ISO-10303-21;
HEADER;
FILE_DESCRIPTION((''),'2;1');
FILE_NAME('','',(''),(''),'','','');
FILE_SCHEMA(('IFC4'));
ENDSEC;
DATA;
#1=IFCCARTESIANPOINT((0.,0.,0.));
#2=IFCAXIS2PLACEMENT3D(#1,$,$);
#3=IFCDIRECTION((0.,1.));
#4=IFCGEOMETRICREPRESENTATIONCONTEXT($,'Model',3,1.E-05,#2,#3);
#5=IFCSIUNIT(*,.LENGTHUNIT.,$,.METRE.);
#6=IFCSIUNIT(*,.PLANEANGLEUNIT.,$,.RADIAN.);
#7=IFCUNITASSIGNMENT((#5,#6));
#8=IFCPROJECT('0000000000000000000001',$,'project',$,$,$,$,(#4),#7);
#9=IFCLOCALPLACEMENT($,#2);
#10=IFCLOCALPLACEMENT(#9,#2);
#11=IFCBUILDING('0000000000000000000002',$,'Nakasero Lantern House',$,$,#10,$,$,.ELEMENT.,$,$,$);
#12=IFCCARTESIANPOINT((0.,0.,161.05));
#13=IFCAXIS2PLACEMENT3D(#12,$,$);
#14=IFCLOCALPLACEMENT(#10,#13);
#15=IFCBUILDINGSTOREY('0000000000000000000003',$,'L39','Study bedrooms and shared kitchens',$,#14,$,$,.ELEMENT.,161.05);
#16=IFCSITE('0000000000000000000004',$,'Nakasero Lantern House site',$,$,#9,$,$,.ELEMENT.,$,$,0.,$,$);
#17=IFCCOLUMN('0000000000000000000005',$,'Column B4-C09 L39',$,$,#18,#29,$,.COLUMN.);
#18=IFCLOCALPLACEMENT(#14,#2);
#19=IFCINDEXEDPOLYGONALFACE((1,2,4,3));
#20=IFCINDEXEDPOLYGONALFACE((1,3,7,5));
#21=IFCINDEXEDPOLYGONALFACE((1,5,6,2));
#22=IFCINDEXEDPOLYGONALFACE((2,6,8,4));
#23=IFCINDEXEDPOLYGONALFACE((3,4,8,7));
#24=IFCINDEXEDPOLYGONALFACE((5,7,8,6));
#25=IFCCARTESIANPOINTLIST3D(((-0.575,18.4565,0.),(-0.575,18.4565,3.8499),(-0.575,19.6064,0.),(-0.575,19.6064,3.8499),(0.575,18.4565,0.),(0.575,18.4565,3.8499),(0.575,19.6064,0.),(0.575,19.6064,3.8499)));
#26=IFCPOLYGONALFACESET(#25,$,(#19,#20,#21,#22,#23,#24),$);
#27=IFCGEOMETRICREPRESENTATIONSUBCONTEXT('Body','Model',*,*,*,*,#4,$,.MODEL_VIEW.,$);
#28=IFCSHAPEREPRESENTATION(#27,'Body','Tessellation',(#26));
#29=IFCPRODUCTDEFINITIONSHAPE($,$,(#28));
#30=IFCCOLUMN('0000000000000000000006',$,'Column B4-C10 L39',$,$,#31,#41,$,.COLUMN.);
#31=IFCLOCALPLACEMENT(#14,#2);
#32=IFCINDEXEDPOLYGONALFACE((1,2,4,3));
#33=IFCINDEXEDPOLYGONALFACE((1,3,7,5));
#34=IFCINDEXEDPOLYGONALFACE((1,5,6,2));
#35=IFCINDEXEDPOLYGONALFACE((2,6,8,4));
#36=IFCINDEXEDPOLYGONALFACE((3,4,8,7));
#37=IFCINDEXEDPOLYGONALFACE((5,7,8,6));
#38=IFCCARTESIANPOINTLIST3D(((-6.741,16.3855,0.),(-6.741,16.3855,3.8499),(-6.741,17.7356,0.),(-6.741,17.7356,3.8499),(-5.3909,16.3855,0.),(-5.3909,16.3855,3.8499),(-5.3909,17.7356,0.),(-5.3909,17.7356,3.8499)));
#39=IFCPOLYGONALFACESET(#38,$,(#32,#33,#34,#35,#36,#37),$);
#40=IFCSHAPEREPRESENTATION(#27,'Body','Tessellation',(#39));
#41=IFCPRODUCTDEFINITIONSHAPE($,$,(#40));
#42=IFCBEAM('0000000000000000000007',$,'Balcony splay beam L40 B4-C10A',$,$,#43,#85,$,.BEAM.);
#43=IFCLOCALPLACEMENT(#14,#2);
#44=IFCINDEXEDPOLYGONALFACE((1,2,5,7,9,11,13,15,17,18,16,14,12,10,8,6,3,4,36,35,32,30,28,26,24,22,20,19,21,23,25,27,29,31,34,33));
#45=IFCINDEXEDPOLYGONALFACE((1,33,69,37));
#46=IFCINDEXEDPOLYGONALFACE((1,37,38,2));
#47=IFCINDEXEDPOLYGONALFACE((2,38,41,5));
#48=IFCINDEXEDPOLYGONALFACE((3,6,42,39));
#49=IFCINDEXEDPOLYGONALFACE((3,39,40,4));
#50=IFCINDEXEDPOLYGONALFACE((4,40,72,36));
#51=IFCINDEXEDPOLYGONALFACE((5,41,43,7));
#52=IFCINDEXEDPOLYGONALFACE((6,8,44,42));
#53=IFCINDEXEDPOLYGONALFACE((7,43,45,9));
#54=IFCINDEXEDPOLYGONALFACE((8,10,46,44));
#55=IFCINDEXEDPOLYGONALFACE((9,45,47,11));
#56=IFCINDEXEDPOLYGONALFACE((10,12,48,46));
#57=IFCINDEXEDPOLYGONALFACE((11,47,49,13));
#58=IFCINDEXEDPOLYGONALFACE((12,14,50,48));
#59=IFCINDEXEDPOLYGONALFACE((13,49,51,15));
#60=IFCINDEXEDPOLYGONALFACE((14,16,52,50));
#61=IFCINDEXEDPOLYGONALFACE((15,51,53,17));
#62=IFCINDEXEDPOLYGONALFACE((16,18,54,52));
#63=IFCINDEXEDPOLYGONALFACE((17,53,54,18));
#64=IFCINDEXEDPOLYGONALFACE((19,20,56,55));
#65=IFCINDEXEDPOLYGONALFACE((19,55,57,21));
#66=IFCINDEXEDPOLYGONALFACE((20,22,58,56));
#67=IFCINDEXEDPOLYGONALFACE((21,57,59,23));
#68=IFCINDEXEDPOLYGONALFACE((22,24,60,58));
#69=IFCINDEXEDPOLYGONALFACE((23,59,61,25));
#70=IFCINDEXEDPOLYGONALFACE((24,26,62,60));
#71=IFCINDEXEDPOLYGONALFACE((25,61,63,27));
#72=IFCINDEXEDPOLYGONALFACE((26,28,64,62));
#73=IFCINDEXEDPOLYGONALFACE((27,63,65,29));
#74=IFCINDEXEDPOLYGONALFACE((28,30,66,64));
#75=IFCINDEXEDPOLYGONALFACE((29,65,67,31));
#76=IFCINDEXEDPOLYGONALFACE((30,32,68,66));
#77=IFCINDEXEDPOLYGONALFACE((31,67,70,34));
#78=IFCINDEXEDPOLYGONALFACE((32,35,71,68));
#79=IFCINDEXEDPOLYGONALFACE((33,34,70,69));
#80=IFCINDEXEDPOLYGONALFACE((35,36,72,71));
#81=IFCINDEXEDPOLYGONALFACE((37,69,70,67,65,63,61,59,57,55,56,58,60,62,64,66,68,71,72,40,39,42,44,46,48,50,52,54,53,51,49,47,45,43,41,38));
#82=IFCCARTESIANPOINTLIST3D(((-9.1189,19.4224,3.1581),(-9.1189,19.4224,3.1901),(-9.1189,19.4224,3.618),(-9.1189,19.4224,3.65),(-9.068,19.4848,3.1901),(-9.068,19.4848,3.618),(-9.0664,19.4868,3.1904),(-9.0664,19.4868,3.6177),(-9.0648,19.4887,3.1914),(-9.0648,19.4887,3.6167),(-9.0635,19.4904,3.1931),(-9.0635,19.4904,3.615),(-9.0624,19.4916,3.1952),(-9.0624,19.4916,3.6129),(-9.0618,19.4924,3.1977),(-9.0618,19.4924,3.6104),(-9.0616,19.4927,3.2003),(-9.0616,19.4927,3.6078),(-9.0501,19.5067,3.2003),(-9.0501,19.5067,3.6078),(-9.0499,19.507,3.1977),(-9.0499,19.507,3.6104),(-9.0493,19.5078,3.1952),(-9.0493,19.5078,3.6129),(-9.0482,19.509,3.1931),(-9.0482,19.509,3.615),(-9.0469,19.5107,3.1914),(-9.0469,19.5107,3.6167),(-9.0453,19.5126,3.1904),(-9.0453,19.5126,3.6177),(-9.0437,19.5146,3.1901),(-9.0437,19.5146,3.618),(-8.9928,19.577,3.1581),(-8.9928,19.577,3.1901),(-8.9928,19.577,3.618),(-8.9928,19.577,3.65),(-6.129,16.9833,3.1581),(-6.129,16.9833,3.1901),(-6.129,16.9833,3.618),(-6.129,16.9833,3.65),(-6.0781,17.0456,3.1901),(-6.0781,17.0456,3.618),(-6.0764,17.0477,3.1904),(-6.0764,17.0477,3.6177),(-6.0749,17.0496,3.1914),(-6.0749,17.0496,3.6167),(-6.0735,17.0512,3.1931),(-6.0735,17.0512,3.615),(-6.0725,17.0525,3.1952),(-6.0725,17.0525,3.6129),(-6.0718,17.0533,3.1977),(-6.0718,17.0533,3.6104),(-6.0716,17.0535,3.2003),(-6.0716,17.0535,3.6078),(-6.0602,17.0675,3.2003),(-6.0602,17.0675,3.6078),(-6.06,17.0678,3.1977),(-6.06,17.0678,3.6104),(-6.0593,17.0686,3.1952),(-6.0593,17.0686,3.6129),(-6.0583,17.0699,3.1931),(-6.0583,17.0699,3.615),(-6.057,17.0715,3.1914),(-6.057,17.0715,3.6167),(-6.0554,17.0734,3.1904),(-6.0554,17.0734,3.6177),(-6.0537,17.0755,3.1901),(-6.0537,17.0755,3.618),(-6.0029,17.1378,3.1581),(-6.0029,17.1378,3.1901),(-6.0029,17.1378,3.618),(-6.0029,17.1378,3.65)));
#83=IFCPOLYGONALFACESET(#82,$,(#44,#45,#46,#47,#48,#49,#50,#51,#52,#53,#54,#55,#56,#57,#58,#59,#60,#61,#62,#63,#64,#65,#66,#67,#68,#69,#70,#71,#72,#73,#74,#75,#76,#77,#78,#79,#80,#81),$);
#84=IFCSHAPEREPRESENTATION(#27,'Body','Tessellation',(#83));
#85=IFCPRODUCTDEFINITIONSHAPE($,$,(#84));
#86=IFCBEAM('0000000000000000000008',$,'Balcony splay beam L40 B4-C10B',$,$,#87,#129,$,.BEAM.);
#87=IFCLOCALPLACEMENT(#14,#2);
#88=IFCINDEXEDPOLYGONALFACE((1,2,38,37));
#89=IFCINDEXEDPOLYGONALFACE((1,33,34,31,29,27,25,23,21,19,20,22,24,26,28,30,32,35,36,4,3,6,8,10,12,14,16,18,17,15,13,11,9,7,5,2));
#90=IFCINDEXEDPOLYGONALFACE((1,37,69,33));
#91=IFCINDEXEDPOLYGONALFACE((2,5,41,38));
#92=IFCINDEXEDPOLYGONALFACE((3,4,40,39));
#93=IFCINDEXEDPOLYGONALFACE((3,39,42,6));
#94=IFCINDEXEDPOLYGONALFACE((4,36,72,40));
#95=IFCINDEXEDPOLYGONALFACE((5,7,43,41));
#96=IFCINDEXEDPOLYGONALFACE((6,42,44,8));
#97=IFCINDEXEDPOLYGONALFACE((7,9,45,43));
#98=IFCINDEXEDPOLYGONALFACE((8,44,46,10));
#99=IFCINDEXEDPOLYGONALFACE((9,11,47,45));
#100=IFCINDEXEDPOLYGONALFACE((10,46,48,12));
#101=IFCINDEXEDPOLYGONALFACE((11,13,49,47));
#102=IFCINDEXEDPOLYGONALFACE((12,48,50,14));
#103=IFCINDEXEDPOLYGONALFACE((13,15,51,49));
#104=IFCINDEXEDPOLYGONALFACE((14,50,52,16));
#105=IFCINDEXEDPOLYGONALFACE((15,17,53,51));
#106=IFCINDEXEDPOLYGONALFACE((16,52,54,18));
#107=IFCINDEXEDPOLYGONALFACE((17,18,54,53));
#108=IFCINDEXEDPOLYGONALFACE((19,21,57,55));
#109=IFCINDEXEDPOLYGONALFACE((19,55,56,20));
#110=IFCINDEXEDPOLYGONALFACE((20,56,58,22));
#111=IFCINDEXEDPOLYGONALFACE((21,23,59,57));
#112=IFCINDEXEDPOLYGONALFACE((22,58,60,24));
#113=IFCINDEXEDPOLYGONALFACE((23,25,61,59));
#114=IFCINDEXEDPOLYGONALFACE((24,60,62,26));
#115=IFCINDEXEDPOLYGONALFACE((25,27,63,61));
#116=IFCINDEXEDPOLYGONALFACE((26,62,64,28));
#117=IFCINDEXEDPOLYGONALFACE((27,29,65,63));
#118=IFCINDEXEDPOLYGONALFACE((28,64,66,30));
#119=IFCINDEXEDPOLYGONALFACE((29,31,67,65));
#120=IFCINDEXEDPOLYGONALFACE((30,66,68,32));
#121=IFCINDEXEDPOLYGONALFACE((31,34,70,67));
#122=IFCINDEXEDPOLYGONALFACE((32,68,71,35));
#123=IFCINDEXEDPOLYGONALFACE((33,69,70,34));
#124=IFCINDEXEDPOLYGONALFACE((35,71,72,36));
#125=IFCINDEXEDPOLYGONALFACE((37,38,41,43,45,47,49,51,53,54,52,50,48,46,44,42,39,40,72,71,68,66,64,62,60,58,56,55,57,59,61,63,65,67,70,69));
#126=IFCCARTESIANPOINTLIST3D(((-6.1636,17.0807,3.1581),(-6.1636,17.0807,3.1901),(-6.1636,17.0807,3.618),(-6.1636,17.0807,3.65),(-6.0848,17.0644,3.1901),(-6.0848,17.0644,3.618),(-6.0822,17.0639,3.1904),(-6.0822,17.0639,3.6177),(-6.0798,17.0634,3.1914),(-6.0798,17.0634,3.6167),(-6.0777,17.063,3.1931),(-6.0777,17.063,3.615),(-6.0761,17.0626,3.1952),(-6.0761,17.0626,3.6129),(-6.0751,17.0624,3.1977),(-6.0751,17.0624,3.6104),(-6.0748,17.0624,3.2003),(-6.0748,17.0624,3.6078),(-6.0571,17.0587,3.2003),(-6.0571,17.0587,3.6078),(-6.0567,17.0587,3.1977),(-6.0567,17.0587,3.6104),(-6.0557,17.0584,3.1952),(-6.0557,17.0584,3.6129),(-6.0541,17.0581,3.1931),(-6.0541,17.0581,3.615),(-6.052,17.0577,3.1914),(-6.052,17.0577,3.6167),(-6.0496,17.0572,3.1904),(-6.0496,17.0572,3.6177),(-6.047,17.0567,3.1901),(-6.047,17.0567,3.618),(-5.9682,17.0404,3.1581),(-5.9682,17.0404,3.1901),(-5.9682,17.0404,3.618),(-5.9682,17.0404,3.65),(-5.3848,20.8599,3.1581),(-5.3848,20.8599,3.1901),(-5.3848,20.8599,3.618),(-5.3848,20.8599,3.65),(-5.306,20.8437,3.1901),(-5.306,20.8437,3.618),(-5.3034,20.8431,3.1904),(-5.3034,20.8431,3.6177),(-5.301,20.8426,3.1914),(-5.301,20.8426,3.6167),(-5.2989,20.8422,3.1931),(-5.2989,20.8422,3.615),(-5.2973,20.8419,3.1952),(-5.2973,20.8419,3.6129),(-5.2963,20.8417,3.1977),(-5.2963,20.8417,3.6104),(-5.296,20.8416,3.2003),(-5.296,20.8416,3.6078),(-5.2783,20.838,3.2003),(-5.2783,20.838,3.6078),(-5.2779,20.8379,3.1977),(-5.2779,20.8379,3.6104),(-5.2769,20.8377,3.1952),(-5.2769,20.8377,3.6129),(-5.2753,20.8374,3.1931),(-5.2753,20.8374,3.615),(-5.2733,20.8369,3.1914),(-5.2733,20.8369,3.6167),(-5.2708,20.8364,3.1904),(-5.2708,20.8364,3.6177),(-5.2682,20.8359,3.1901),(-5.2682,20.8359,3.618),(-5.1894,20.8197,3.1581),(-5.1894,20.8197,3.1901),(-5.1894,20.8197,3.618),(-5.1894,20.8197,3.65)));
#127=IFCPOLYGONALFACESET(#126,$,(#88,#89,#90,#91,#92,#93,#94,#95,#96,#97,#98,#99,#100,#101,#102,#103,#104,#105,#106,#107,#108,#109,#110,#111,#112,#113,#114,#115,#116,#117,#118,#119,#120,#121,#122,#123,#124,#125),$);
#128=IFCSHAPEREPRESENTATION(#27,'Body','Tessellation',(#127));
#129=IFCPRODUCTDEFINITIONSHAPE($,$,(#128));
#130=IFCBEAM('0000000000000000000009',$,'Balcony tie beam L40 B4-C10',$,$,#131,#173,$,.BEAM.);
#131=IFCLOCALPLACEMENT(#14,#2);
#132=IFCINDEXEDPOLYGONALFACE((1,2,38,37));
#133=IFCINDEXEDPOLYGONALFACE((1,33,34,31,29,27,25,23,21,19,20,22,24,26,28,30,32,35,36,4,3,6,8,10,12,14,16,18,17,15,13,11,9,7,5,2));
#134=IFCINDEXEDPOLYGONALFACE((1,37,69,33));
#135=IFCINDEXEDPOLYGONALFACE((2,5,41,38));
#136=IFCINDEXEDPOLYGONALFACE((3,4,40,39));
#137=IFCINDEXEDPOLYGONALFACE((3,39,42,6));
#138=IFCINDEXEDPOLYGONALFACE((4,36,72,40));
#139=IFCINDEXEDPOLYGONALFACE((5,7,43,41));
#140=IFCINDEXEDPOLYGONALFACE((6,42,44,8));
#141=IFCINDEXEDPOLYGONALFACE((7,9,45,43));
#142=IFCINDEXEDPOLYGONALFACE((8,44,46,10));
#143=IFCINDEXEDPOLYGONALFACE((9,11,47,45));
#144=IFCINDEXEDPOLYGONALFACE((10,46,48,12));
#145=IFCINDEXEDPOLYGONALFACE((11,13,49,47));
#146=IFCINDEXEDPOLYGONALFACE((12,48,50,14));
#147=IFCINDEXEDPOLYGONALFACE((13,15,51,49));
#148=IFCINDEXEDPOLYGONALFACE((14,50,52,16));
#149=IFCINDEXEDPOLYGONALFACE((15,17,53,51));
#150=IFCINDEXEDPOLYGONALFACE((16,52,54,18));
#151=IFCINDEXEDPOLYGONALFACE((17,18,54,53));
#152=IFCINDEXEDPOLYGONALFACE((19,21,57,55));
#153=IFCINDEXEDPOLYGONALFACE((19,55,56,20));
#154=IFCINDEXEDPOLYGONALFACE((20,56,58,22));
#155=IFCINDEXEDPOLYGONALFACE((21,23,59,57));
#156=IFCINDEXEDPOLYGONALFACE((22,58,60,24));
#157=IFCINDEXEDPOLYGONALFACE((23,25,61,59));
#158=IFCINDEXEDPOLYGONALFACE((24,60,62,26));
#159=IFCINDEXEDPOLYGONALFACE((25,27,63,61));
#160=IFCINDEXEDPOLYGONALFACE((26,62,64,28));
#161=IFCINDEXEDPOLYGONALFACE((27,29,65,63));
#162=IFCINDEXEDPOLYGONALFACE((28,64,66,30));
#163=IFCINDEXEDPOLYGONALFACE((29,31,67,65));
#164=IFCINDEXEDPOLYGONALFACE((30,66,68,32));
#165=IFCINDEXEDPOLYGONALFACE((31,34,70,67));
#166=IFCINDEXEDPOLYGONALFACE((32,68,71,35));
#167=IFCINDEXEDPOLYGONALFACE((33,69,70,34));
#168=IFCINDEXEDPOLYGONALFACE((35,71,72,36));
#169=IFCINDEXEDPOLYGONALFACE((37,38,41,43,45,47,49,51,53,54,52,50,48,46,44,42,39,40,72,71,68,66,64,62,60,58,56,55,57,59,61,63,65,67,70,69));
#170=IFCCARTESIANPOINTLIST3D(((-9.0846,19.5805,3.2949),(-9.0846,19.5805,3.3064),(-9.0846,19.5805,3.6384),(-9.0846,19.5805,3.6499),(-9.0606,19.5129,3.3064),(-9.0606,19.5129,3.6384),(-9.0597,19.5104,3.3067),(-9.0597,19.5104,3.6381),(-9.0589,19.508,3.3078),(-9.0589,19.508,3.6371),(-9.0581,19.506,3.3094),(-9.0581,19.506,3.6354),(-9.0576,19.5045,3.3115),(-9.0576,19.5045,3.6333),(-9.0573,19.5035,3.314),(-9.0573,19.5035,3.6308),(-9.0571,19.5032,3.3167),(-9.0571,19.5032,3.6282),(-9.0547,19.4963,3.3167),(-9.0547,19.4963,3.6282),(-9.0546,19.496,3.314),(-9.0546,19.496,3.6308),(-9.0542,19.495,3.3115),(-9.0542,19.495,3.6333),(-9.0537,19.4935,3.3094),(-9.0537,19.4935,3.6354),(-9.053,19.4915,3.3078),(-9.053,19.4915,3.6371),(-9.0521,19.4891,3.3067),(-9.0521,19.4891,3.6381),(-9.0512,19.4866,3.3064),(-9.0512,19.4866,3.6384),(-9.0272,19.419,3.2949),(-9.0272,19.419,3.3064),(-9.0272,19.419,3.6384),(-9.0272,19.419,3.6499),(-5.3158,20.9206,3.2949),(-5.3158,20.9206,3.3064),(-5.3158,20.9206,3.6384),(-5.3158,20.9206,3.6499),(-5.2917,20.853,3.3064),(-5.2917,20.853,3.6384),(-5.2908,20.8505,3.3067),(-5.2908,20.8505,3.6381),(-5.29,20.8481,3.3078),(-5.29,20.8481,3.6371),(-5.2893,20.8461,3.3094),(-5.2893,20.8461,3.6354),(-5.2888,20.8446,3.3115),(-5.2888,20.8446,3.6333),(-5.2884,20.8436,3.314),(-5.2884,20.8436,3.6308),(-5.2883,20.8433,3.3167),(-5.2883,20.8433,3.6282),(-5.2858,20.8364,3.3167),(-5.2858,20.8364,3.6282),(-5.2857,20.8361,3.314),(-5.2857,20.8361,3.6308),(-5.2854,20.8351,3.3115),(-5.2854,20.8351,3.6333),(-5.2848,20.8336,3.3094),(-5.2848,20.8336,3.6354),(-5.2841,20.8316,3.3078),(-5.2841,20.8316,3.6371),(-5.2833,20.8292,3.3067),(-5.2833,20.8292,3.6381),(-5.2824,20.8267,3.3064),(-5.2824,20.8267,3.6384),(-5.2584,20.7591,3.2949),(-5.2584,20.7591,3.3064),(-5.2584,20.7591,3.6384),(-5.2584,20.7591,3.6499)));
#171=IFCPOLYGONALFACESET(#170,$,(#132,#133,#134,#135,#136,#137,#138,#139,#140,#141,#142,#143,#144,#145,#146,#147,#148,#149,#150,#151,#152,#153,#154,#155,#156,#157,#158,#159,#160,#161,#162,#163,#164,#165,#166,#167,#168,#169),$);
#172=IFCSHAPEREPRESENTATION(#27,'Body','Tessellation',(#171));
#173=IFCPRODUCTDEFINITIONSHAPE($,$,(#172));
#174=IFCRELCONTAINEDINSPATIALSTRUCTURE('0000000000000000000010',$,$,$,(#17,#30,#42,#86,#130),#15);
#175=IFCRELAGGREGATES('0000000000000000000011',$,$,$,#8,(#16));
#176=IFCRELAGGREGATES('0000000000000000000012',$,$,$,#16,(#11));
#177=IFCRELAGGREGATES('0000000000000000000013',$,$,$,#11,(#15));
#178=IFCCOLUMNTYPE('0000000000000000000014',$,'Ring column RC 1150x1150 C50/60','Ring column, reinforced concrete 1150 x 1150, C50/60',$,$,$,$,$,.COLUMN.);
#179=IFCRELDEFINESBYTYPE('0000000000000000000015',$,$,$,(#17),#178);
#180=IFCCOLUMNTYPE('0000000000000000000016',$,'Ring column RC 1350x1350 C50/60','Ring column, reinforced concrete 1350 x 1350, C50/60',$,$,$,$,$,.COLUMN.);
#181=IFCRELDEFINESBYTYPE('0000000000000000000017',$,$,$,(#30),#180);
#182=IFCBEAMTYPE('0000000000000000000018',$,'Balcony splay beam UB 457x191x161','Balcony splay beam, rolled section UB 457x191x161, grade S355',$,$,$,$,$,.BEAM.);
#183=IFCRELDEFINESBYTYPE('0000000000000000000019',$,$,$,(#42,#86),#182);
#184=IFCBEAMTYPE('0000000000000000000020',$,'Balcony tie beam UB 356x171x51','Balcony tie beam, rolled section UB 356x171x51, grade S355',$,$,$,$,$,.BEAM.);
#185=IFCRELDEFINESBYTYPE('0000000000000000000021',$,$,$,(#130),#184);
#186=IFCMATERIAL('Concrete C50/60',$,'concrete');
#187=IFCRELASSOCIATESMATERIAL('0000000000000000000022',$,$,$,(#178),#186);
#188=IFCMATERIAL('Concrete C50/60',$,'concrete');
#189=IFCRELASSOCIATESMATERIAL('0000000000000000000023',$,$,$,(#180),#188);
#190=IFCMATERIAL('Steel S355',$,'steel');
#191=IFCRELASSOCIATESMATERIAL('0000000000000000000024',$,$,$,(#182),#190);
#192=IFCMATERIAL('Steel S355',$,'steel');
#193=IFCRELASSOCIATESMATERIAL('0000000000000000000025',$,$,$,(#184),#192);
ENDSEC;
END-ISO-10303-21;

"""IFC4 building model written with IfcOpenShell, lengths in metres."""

from ifc_helpers import new_model, si_unit, direction, frame, origin, origin_2d, place, context, subcontext, project, spatial, rectangle, i_section, extrude, material, material_profile, profile_set, type_object, element, save


model = new_model("IFC4")

# Units and contexts
model_context = context("Model", 3, precision=1e-05, world=origin(), true_north=direction((0.0, 1.0)))
body_context = subcontext(model_context, "Body", "Model", "MODEL_VIEW")
ifc_project = project(units=[si_unit("LENGTHUNIT", "METRE"), si_unit("PLANEANGLEUNIT", "RADIAN")], contexts=[model_context])

# Site, building, storey
site_placement = place(None, origin())
site = spatial("IfcSite", under=ifc_project, at=site_placement, Name="Nakasero Lantern House site", CompositionType="ELEMENT", RefElevation=0.0)
building_placement = place(site_placement, origin())
building = spatial("IfcBuilding", under=site, at=building_placement, Name="Nakasero Lantern House", CompositionType="ELEMENT")
storey_placement = place(building_placement, frame((0.0, 0.0, 161.05)))
storey = spatial("IfcBuildingStorey", under=building, at=storey_placement, Name="L39", Description="Study bedrooms and shared kitchens", CompositionType="ELEMENT", Elevation=161.05)

# Columns
ifc_material_1 = material(Name="Concrete C50/60", Category="concrete")
ifc_material_profile_1 = material_profile(ifc_material_1, rectangle(XDim=1.1499, YDim=1.1499, at=origin_2d()), Name="RC 1150x1150")
ifc_profile_set_1 = profile_set([ifc_material_profile_1], Name="Concrete C50/60")
column_type_1 = type_object("IfcColumnType", Name="Ring column RC 1150x1150 C50/60", Description="Ring column, reinforced concrete 1150 x 1150, C50/60", PredefinedType="COLUMN", material=ifc_profile_set_1)
column_1_placement = place(storey_placement, frame((0.0, 19.0315, 0.0), z_axis=(0.0, 0.0, 1.0), x_axis=(1.0, 0.0, 0.0)))
element("IfcColumn", 1, at=column_1_placement, inside=storey, type_object=column_type_1, Name="Column B4-C09 L39", PredefinedType="COLUMN", context=body_context, shape_type="SweptSolid", body=[
    extrude(rectangle(XDim=1.1499, YDim=1.1499, at=origin_2d()), origin(), (0.0, 0.0, 1.0), 3.8499),
])
ifc_material_2 = material(Name="Concrete C50/60", Category="concrete")
ifc_material_profile_2 = material_profile(ifc_material_2, rectangle(XDim=1.3501, YDim=1.3501, at=origin_2d()), Name="RC 1350x1350")
ifc_profile_set_2 = profile_set([ifc_material_profile_2], Name="Concrete C50/60")
column_type_2 = type_object("IfcColumnType", Name="Ring column RC 1350x1350 C50/60", Description="Ring column, reinforced concrete 1350 x 1350, C50/60", PredefinedType="COLUMN", material=ifc_profile_set_2)
column_2_placement = place(storey_placement, frame((-6.0659, 17.0605, 0.0), z_axis=(0.0, 0.0, 1.0), x_axis=(1.0, 0.0, 0.0)))
element("IfcColumn", 2, at=column_2_placement, inside=storey, type_object=column_type_2, Name="Column B4-C10 L39", PredefinedType="COLUMN", context=body_context, shape_type="SweptSolid", body=[
    extrude(rectangle(XDim=1.3501, YDim=1.3501, at=origin_2d()), origin(), (0.0, 0.0, 1.0), 3.8499),
])

# Beams
ifc_material_3 = material(Name="Steel S355", Category="steel")
ifc_material_profile_3 = material_profile(ifc_material_3, i_section(OverallWidth=0.1995, OverallDepth=0.4919, WebThickness=0.0181, FlangeThickness=0.032, FilletRadius=0.0103, at=origin_2d()), Name="UB 457x191x161")
ifc_profile_set_3 = profile_set([ifc_material_profile_3], Name="Steel S355")
beam_type_1 = type_object("IfcBeamType", Name="Balcony splay beam UB 457x191x161", Description="Balcony splay beam, rolled section UB 457x191x161, grade S355", PredefinedType="BEAM", material=ifc_profile_set_3)
for number, where, z_axis, x_axis, name in (
    (3, (-6.0659, 17.0605, 3.4041), (-0.774864, 0.632128, 0.0), (-0.632128, -0.774864, 0.0), "Balcony splay beam L40 B4-C10A"),
    (4, (-6.0659, 17.0605, 3.4041), (0.201831, 0.97942, 0.0), (-0.97942, 0.201831, 0.0), "Balcony splay beam L40 B4-C10B"),
):
    element("IfcBeam", number, at=place(storey_placement, frame(where, z_axis=z_axis, x_axis=x_axis)), inside=storey, type_object=beam_type_1, Name=name, PredefinedType="BEAM", context=body_context, shape_type="SweptSolid", body=[
        extrude(i_section(OverallWidth=0.1995, OverallDepth=0.4919, WebThickness=0.0181, FlangeThickness=0.032, FilletRadius=0.0103, at=origin_2d()), origin(), (0.0, 0.0, 1.0), 3.8586),
    ])
ifc_material_4 = material(Name="Steel S355", Category="steel")
ifc_material_profile_4 = material_profile(ifc_material_4, i_section(OverallWidth=0.1714, OverallDepth=0.355, WebThickness=0.0073, FlangeThickness=0.0115, FilletRadius=0.0103, at=origin_2d()), Name="UB 356x171x51")
ifc_profile_set_4 = profile_set([ifc_material_profile_4], Name="Steel S355")
beam_type_2 = type_object("IfcBeamType", Name="Balcony tie beam UB 356x171x51", Description="Balcony tie beam, rolled section UB 356x171x51, grade S355", PredefinedType="BEAM", material=ifc_profile_set_4)
beam_1_placement = place(storey_placement, frame((-9.0559, 19.4998, 3.4724), z_axis=(0.942209, 0.335025, 0.0), x_axis=(-0.335025, 0.942209, 0.0)))
element("IfcBeam", 5, at=beam_1_placement, inside=storey, type_object=beam_type_2, Name="Balcony tie beam L40 B4-C10", PredefinedType="BEAM", context=body_context, shape_type="SweptSolid", body=[
    extrude(i_section(OverallWidth=0.1714, OverallDepth=0.355, WebThickness=0.0073, FlangeThickness=0.0115, FilletRadius=0.0103, at=origin_2d()), origin(), (0.0, 0.0, 1.0), 4.0),
])

save(model, "model.ifc")
